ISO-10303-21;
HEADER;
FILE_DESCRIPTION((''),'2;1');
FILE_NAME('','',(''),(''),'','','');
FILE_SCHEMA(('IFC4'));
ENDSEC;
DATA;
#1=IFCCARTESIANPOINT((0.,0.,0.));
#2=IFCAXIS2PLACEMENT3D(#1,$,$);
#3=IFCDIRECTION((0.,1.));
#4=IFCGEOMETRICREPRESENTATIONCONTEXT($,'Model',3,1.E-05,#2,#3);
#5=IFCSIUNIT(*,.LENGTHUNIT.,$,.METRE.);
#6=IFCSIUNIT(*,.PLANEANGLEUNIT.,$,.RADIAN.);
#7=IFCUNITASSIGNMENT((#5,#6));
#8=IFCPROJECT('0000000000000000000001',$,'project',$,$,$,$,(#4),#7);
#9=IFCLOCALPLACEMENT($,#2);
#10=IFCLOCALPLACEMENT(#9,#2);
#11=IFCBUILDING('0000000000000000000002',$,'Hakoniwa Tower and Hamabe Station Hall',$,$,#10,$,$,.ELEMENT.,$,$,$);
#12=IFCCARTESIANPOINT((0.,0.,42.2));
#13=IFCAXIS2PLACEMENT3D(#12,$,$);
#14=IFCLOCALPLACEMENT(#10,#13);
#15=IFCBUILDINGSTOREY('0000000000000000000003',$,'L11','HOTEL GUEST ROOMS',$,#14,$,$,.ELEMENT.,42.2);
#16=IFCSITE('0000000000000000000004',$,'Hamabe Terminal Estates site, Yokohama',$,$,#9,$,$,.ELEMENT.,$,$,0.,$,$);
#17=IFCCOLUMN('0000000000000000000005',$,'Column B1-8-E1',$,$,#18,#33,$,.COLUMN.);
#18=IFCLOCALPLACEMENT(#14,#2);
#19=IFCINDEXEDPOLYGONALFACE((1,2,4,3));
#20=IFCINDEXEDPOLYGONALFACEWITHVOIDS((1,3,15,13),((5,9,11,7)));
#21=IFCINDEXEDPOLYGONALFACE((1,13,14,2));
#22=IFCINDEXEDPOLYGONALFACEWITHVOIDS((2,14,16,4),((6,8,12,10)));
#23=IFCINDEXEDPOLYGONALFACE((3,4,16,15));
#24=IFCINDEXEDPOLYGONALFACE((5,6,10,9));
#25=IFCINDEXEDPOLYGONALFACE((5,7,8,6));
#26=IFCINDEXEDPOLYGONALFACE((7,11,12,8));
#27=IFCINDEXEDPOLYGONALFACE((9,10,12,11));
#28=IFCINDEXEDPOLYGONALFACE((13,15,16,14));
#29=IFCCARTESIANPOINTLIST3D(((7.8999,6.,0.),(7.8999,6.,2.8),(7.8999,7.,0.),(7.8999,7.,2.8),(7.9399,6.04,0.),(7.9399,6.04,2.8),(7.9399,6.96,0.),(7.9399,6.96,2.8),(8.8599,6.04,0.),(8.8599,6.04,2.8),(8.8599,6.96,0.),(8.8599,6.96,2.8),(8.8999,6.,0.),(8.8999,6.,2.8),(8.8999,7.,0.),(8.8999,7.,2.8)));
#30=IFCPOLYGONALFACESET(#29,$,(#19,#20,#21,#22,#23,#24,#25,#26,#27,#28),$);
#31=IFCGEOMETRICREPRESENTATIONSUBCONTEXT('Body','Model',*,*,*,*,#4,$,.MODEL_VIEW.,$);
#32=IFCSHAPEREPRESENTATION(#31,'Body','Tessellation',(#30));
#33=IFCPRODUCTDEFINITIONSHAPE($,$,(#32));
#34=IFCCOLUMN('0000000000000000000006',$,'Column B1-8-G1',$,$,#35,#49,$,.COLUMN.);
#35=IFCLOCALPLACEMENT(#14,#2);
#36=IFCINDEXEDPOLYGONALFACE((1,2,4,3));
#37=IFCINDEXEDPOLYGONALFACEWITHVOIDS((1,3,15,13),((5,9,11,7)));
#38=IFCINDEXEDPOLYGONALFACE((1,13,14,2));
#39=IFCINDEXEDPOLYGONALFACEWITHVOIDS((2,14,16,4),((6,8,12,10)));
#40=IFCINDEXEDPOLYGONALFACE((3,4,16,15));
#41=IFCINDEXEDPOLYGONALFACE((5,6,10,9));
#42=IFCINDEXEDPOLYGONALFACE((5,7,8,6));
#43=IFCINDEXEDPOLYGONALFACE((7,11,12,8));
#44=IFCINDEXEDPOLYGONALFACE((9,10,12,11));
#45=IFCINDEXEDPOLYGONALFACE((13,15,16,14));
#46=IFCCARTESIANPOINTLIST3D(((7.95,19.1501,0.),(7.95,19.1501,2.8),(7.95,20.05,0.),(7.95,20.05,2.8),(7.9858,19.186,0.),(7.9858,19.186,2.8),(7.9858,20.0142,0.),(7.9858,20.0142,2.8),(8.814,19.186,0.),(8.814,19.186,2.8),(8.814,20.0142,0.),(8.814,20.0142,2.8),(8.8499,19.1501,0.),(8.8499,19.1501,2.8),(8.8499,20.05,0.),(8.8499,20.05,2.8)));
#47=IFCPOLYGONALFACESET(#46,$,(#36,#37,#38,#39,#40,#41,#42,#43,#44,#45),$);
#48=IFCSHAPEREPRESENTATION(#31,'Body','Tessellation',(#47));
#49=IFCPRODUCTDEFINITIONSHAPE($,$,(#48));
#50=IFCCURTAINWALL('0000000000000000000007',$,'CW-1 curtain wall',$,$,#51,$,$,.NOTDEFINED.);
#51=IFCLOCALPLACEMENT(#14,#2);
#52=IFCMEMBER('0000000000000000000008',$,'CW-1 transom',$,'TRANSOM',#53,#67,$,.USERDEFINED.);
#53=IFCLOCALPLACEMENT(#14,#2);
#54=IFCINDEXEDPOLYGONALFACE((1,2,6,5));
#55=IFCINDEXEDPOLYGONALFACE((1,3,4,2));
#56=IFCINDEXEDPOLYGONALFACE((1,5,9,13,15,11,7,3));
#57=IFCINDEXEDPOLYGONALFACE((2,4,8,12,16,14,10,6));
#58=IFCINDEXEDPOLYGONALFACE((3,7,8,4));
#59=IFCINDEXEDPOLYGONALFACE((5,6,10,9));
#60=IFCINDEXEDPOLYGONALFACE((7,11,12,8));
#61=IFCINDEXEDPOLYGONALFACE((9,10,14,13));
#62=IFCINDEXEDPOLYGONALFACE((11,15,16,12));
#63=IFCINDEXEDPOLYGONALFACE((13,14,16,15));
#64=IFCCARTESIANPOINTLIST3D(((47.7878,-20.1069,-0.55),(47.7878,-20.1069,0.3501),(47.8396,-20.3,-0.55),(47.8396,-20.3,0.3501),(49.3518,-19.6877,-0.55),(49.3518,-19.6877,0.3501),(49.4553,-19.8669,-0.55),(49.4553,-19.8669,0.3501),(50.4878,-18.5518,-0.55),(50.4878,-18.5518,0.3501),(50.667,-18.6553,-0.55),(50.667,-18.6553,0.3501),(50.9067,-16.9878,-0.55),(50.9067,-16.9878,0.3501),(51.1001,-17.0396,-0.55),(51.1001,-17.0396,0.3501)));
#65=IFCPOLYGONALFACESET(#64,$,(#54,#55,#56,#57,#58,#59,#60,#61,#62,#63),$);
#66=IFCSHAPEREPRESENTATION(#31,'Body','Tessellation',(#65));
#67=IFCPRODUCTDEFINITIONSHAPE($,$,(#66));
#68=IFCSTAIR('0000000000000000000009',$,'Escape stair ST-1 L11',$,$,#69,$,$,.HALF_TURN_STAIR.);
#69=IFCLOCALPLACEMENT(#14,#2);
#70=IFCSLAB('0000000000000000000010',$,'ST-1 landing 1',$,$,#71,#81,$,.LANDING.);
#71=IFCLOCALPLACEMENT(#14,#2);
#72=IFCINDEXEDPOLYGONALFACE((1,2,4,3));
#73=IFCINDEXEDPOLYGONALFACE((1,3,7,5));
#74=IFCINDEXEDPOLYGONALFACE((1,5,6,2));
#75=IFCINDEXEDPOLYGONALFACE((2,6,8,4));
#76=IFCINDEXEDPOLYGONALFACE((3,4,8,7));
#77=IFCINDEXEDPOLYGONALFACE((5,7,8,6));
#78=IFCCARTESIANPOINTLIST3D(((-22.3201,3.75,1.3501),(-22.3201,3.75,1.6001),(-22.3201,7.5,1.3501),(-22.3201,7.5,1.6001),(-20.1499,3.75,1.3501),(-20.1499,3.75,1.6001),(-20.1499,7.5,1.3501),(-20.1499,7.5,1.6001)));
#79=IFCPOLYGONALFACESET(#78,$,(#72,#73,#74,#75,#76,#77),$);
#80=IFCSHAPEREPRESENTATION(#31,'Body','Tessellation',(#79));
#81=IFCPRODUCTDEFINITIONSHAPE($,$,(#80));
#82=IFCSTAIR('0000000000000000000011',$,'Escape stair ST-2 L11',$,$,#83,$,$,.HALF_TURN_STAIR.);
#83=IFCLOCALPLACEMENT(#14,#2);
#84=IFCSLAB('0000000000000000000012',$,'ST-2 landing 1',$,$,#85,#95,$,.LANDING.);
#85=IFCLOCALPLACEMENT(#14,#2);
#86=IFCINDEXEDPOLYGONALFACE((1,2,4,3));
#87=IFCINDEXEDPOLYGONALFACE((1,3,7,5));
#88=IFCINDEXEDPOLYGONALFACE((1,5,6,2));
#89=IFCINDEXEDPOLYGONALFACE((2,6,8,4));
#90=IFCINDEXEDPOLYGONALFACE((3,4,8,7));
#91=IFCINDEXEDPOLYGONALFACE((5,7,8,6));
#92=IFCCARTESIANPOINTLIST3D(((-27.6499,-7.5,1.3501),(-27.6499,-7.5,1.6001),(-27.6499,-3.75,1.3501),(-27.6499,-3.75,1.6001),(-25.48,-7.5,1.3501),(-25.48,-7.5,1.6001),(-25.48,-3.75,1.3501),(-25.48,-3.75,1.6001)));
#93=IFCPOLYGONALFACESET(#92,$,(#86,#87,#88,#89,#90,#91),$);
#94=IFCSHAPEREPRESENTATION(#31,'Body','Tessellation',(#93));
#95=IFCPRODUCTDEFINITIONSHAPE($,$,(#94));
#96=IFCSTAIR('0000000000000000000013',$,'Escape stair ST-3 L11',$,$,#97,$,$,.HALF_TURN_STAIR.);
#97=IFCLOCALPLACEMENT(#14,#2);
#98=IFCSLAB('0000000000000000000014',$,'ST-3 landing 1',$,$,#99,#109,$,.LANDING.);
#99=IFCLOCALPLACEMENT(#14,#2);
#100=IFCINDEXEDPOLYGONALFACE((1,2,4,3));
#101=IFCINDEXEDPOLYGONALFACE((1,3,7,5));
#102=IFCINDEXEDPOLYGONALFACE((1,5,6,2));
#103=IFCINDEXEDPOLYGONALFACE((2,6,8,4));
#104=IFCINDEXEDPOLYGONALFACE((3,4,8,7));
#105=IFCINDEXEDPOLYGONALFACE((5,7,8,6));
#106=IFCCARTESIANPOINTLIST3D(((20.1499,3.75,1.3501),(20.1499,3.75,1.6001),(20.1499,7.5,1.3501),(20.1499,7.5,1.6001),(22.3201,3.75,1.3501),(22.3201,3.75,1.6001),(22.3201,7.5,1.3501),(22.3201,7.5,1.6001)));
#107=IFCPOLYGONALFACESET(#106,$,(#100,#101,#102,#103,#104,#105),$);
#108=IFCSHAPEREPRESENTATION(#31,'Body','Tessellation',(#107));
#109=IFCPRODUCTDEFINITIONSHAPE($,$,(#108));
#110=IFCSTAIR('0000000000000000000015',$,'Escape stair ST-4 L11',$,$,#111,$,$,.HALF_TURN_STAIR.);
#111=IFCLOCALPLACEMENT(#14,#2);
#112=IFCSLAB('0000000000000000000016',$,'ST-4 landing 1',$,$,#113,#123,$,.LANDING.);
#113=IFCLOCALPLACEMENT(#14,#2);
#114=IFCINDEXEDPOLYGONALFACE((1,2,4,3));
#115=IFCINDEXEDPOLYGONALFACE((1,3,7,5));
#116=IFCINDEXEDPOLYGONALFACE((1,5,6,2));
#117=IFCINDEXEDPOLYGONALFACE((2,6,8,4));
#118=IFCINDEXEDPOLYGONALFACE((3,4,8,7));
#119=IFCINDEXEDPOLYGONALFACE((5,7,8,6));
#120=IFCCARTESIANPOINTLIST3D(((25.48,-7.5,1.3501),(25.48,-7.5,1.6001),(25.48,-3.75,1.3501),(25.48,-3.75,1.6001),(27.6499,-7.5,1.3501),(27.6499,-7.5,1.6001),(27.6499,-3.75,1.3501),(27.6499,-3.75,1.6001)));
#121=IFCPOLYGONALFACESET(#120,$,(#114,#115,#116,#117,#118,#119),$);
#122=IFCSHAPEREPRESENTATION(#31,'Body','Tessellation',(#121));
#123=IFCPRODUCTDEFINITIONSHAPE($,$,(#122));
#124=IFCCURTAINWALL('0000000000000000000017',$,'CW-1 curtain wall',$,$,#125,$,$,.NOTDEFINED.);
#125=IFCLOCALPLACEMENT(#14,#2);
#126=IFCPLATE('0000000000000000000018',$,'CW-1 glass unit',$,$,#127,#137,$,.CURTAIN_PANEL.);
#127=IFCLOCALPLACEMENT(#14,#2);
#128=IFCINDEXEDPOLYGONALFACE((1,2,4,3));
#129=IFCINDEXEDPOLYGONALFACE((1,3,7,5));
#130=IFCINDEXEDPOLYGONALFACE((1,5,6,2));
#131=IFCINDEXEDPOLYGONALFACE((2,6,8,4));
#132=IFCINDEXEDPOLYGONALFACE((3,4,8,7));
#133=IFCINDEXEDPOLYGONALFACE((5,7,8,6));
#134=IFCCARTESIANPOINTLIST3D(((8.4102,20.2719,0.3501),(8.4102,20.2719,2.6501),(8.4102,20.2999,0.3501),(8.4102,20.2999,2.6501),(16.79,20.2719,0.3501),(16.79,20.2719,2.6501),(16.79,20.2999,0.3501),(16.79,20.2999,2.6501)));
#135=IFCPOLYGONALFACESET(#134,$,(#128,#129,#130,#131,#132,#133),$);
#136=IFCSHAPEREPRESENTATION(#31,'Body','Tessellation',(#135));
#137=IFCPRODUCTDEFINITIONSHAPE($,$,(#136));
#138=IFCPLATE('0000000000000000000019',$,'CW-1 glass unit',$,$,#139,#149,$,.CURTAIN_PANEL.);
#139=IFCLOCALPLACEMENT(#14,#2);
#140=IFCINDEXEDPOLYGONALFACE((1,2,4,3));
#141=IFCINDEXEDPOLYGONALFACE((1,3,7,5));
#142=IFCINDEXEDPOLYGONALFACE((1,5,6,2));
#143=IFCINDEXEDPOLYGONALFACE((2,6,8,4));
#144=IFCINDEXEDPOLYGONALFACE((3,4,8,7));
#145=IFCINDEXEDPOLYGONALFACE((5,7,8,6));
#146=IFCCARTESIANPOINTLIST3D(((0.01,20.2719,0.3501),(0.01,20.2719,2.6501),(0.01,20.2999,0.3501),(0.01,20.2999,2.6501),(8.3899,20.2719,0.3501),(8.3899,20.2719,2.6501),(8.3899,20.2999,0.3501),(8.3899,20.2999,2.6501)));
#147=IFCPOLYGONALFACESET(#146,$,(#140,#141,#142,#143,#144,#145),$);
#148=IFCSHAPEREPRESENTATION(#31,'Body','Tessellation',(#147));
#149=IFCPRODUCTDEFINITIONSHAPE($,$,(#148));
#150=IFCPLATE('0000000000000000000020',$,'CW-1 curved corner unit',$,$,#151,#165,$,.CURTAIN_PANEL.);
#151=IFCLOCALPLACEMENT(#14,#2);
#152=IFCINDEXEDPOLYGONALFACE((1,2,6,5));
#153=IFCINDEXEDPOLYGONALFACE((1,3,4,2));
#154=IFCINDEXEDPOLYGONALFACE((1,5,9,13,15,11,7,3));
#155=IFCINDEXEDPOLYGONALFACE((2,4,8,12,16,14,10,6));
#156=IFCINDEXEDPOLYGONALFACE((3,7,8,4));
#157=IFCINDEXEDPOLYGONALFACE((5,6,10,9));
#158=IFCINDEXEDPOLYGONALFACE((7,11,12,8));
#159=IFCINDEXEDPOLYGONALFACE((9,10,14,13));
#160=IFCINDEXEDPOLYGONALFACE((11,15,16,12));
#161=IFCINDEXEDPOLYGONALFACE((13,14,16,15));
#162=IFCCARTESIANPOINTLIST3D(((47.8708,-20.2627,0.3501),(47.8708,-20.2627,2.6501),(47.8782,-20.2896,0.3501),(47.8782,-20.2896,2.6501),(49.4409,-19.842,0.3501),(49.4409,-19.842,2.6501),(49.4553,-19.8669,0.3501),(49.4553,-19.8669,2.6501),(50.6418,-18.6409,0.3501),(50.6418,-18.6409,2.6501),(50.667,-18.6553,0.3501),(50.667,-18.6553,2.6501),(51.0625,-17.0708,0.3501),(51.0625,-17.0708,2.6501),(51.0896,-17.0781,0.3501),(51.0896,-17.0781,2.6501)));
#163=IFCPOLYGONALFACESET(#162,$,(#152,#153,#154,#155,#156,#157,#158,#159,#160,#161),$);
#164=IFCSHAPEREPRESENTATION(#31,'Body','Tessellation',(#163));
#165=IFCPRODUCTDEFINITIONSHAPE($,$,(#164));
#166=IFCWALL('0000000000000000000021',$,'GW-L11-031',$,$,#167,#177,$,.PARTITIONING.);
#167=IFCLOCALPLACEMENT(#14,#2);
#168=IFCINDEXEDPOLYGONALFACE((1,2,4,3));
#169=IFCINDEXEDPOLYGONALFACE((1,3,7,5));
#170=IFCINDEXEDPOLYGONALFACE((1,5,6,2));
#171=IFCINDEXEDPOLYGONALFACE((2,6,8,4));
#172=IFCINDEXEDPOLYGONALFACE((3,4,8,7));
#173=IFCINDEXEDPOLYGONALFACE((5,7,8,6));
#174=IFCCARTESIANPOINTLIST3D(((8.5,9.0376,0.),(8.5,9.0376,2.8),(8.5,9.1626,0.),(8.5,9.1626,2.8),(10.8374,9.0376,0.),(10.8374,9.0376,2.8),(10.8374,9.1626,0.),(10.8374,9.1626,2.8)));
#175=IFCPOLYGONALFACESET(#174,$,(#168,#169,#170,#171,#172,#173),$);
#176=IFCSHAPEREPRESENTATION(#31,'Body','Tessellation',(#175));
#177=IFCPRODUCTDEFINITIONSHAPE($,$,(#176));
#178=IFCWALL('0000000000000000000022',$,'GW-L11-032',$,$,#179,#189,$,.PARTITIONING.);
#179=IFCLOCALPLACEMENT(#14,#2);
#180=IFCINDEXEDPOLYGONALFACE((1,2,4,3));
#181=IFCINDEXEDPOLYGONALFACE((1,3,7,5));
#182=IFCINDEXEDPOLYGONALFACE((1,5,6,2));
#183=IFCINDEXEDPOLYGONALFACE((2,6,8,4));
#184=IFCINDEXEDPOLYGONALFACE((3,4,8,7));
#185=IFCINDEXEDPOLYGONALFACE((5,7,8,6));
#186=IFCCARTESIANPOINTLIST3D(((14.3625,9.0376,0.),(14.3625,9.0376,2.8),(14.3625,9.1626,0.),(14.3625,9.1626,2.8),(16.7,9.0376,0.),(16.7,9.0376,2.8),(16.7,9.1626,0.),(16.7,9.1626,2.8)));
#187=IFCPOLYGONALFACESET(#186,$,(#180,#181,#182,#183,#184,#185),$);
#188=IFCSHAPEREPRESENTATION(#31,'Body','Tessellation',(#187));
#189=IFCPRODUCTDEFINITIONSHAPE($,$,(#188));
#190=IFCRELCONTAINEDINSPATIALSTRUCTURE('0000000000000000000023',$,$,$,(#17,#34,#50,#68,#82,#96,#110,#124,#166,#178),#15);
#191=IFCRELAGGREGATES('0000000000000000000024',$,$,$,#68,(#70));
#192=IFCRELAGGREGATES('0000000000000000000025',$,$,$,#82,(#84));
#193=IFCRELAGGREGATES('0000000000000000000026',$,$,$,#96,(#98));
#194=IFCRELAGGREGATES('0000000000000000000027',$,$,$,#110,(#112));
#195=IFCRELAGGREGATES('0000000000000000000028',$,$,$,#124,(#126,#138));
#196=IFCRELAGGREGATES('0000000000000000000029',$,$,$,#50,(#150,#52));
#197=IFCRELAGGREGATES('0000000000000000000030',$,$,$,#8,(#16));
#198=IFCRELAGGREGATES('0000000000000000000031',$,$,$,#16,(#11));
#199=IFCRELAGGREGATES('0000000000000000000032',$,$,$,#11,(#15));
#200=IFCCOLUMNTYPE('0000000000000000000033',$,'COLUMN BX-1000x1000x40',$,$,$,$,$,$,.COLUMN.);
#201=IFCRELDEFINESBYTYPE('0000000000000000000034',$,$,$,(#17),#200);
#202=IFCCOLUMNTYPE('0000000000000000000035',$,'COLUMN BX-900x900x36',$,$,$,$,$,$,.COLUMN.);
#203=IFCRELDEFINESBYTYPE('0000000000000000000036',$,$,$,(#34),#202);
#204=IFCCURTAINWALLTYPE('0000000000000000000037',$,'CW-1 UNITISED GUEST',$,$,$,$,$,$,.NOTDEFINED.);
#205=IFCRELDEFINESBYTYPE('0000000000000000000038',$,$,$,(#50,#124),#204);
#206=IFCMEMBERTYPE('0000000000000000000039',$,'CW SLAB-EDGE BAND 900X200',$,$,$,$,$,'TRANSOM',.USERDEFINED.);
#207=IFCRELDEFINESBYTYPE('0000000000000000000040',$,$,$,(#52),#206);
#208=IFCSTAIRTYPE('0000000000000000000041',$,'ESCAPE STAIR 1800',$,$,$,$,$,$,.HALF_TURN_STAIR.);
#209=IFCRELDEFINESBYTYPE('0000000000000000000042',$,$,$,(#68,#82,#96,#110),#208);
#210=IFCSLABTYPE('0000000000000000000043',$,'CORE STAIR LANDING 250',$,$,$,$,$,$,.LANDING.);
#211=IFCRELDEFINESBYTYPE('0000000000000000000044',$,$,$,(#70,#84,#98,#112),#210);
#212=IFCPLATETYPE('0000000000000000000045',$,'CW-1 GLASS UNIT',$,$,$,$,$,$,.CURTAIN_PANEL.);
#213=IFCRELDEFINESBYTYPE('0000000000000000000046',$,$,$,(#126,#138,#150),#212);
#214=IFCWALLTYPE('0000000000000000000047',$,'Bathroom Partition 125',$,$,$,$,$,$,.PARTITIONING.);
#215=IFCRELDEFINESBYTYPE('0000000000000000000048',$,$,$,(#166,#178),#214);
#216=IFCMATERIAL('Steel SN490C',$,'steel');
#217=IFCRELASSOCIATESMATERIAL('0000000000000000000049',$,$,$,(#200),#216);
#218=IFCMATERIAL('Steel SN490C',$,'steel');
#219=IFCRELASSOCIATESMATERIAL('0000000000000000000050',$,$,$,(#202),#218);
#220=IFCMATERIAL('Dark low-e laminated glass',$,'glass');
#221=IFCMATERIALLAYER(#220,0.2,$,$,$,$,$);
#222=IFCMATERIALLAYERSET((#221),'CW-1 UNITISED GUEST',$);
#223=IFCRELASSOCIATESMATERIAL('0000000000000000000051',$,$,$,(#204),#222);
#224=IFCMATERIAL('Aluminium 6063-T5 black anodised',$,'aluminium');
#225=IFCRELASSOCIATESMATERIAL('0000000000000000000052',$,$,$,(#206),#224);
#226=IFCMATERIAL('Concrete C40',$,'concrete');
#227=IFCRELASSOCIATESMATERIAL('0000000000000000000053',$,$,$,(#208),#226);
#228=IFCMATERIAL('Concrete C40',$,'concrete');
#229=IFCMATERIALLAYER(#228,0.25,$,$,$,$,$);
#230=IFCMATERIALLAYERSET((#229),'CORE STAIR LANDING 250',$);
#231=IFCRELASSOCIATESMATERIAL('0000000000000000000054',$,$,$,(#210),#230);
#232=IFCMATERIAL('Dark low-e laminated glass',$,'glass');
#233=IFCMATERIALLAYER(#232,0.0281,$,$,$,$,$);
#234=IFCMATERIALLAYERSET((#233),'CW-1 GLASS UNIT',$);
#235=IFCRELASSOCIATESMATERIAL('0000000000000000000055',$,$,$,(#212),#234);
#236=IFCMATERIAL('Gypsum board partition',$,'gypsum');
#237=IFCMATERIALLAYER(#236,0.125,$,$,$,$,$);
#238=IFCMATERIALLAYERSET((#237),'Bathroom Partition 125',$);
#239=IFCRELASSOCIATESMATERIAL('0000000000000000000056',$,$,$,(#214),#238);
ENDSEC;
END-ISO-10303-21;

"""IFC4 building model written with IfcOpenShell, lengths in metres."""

from ifc_helpers import new_model, si_unit, direction, frame, frame_2d, origin, origin_2d, place, context, subcontext, project, spatial, polyline, rectangle, hollow_rectangle, outline, extrude, material, layer, layer_set, material_profile, profile_set, type_object, element, aggregate, save


model = new_model("IFC4")

# Units and contexts
model_context = context("Model", 3, precision=1e-05, world=origin(), true_north=direction((0.0, 1.0)))
body_context = subcontext(model_context, "Body", "Model", "MODEL_VIEW")
ifc_project = project(units=[si_unit("LENGTHUNIT", "METRE"), si_unit("PLANEANGLEUNIT", "RADIAN")], contexts=[model_context])

# Site, building, storey
site_placement = place(None, origin())
site = spatial("IfcSite", under=ifc_project, at=site_placement, Name="Hamabe Terminal Estates site, Yokohama", CompositionType="ELEMENT", RefElevation=0.0)
building_placement = place(site_placement, origin())
building = spatial("IfcBuilding", under=site, at=building_placement, Name="Hakoniwa Tower and Hamabe Station Hall", CompositionType="ELEMENT")
storey_placement = place(building_placement, frame((0.0, 0.0, 42.2)))
storey = spatial("IfcBuildingStorey", under=building, at=storey_placement, Name="L11", Description="HOTEL GUEST ROOMS", CompositionType="ELEMENT", Elevation=42.2)

# Columns
ifc_material_1 = material(Name="Steel SN490C", Category="steel")
ifc_material_profile_1 = material_profile(ifc_material_1, hollow_rectangle(XDim=1.0, YDim=1.0, WallThickness=0.04, at=origin_2d()), Name="BX-1000x1000x40")
ifc_profile_set_1 = profile_set([ifc_material_profile_1], Name="Steel SN490C")
column_type_1 = type_object("IfcColumnType", Name="COLUMN BX-1000x1000x40", PredefinedType="COLUMN", material=ifc_profile_set_1)
column_1_placement = place(storey_placement, frame((8.3999, 6.5, 0.0), z_axis=(0.0, 0.0, 1.0), x_axis=(1.0, 0.0, 0.0)))
element("IfcColumn", 1, at=column_1_placement, inside=storey, type_object=column_type_1, Name="Column B1-8-E1", PredefinedType="COLUMN", context=body_context, shape_type="SweptSolid", body=[
    extrude(hollow_rectangle(XDim=1.0, YDim=1.0, WallThickness=0.04, at=origin_2d()), origin(), (0.0, 0.0, 1.0), 2.8),
])
ifc_material_2 = material(Name="Steel SN490C", Category="steel")
ifc_material_profile_2 = material_profile(ifc_material_2, hollow_rectangle(XDim=0.8999, YDim=0.8999, WallThickness=0.0359, at=origin_2d()), Name="BX-900x900x36")
ifc_profile_set_2 = profile_set([ifc_material_profile_2], Name="Steel SN490C")
column_type_2 = type_object("IfcColumnType", Name="COLUMN BX-900x900x36", PredefinedType="COLUMN", material=ifc_profile_set_2)
column_2_placement = place(storey_placement, frame((8.3999, 19.6001, 0.0), z_axis=(0.0, 0.0, 1.0), x_axis=(1.0, 0.0, 0.0)))
element("IfcColumn", 2, at=column_2_placement, inside=storey, type_object=column_type_2, Name="Column B1-8-G1", PredefinedType="COLUMN", context=body_context, shape_type="SweptSolid", body=[
    extrude(hollow_rectangle(XDim=0.8999, YDim=0.8999, WallThickness=0.0359, at=origin_2d()), origin(), (0.0, 0.0, 1.0), 2.8),
])

# Curtain wall, member
ifc_material_3 = material(Name="Dark low-e laminated glass", Category="glass")
ifc_layer_1 = layer(ifc_material_3, 0.2)
ifc_layer_set_1 = layer_set([ifc_layer_1], Name="CW-1 UNITISED GUEST")
curtain_wall_type = type_object("IfcCurtainWallType", Name="CW-1 UNITISED GUEST", PredefinedType="NOTDEFINED", material=ifc_layer_set_1)
curtain_wall_1_placement = place(storey_placement, origin())
curtain_wall_1 = element("IfcCurtainWall", 3, at=curtain_wall_1_placement, inside=storey, type_object=curtain_wall_type, Name="CW-1 curtain wall", PredefinedType="NOTDEFINED")
ifc_material_4 = material(Name="Aluminium 6063-T5 black anodised", Category="aluminium")
ifc_material_profile_3 = material_profile(ifc_material_4, rectangle(XDim=0.2, YDim=0.8999, at=origin_2d()), Name="CW SLAB-EDGE BAND 900X200")
ifc_profile_set_3 = profile_set([ifc_material_profile_3], Name="Aluminium 6063-T5 black anodised")
member_type = type_object("IfcMemberType", Name="CW SLAB-EDGE BAND 900X200", ElementType="TRANSOM", PredefinedType="USERDEFINED", material=ifc_profile_set_3)
member_placement = place(storey_placement, frame((0.0, 0.0, -0.55)))
member = element("IfcMember", 4, at=member_placement, type_object=member_type, Name="CW-1 transom", ObjectType="TRANSOM", PredefinedType="USERDEFINED", context=body_context, shape_type="SweptSolid", body=[
    extrude(outline(polyline([(47.8396, -20.3), (49.4553, -19.8669), (50.667, -18.6553), (51.1001, -17.0396), (50.9067, -16.9878), (50.4878, -18.5518), (49.3518, -19.6877), (47.7878, -20.1069), (47.8396, -20.3)])), origin(), (0.0, 0.0, 1.0), 0.9001),
])

# Stairs, slabs
ifc_material_5 = material(Name="Concrete C40", Category="concrete")
stair_type = type_object("IfcStairType", Name="ESCAPE STAIR 1800", PredefinedType="HALF_TURN_STAIR", material=ifc_material_5)
stair_1_placement = place(storey_placement, origin())
stair_1 = element("IfcStair", 5, at=stair_1_placement, inside=storey, type_object=stair_type, Name="Escape stair ST-1 L11", PredefinedType="HALF_TURN_STAIR")
ifc_material_6 = material(Name="Concrete C40", Category="concrete")
ifc_layer_2 = layer(ifc_material_6, 0.25)
ifc_layer_set_2 = layer_set([ifc_layer_2], Name="CORE STAIR LANDING 250")
slab_type = type_object("IfcSlabType", Name="CORE STAIR LANDING 250", PredefinedType="LANDING", material=ifc_layer_set_2)
slab_1_placement = place(storey_placement, frame((0.0, 0.0, 1.3501)))
slab_1 = element("IfcSlab", 6, at=slab_1_placement, type_object=slab_type, Name="ST-1 landing 1", PredefinedType="LANDING", context=body_context, shape_type="SweptSolid", body=[
    extrude(outline(polyline([(-22.3201, 3.75), (-20.1499, 3.75), (-20.1499, 7.5), (-22.3201, 7.5), (-22.3201, 3.75)])), origin(), (0.0, 0.0, 1.0), 0.25),
])
aggregate(stair_1, [slab_1])
stair_2_placement = place(storey_placement, origin())
stair_2 = element("IfcStair", 7, at=stair_2_placement, inside=storey, type_object=stair_type, Name="Escape stair ST-2 L11", PredefinedType="HALF_TURN_STAIR")
slab_2_placement = place(storey_placement, frame((0.0, 0.0, 1.3501)))
slab_2 = element("IfcSlab", 8, at=slab_2_placement, type_object=slab_type, Name="ST-2 landing 1", PredefinedType="LANDING", context=body_context, shape_type="SweptSolid", body=[
    extrude(outline(polyline([(-25.48, -7.5), (-27.6499, -7.5), (-27.6499, -3.75), (-25.48, -3.75), (-25.48, -7.5)])), origin(), (0.0, 0.0, 1.0), 0.25),
])
aggregate(stair_2, [slab_2])
stair_3_placement = place(storey_placement, origin())
stair_3 = element("IfcStair", 9, at=stair_3_placement, inside=storey, type_object=stair_type, Name="Escape stair ST-3 L11", PredefinedType="HALF_TURN_STAIR")
slab_3_placement = place(storey_placement, frame((0.0, 0.0, 1.3501)))
slab_3 = element("IfcSlab", 10, at=slab_3_placement, type_object=slab_type, Name="ST-3 landing 1", PredefinedType="LANDING", context=body_context, shape_type="SweptSolid", body=[
    extrude(outline(polyline([(22.3201, 3.75), (20.1499, 3.75), (20.1499, 7.5), (22.3201, 7.5), (22.3201, 3.75)])), origin(), (0.0, 0.0, 1.0), 0.25),
])
aggregate(stair_3, [slab_3])
stair_4_placement = place(storey_placement, origin())
stair_4 = element("IfcStair", 11, at=stair_4_placement, inside=storey, type_object=stair_type, Name="Escape stair ST-4 L11", PredefinedType="HALF_TURN_STAIR")
slab_4_placement = place(storey_placement, frame((0.0, 0.0, 1.3501)))
slab_4 = element("IfcSlab", 12, at=slab_4_placement, type_object=slab_type, Name="ST-4 landing 1", PredefinedType="LANDING", context=body_context, shape_type="SweptSolid", body=[
    extrude(outline(polyline([(25.48, -7.5), (27.6499, -7.5), (27.6499, -3.75), (25.48, -3.75), (25.48, -7.5)])), origin(), (0.0, 0.0, 1.0), 0.25),
])
aggregate(stair_4, [slab_4])

# Curtain wall, plates
curtain_wall_2_placement = place(storey_placement, origin())
curtain_wall_2 = element("IfcCurtainWall", 13, at=curtain_wall_2_placement, inside=storey, type_object=curtain_wall_type, Name="CW-1 curtain wall", PredefinedType="NOTDEFINED")
ifc_material_7 = material(Name="Dark low-e laminated glass", Category="glass")
ifc_layer_3 = layer(ifc_material_7, 0.0281)
ifc_layer_set_3 = layer_set([ifc_layer_3], Name="CW-1 GLASS UNIT")
plate_type = type_object("IfcPlateType", Name="CW-1 GLASS UNIT", PredefinedType="CURTAIN_PANEL", material=ifc_layer_set_3)
plate_1_placement = place(storey_placement, frame((12.6001, 20.2859, 0.3501), z_axis=(0.0, 0.0, 1.0), x_axis=(-1.0, 0.0, 0.0)))
plate_1 = element("IfcPlate", 14, at=plate_1_placement, type_object=plate_type, Name="CW-1 glass unit", PredefinedType="CURTAIN_PANEL", context=body_context, shape_type="SweptSolid", body=[
    extrude(rectangle(XDim=8.3799, YDim=0.0281, at=origin_2d()), origin(), (0.0, 0.0, 1.0), 2.3),
])
plate_2_placement = place(storey_placement, frame((4.2, 20.2859, 0.3501), z_axis=(0.0, 0.0, 1.0), x_axis=(-1.0, 0.0, 0.0)))
plate_2 = element("IfcPlate", 15, at=plate_2_placement, type_object=plate_type, Name="CW-1 glass unit", PredefinedType="CURTAIN_PANEL", context=body_context, shape_type="SweptSolid", body=[
    extrude(rectangle(XDim=8.3799, YDim=0.0281, at=origin_2d()), origin(), (0.0, 0.0, 1.0), 2.3),
])
aggregate(curtain_wall_2, [plate_1, plate_2])

# Plate
plate_3_placement = place(storey_placement, frame((0.0, 0.0, 0.3501)))
plate_3 = element("IfcPlate", 16, at=plate_3_placement, type_object=plate_type, Name="CW-1 curved corner unit", PredefinedType="CURTAIN_PANEL", context=body_context, shape_type="SweptSolid", body=[
    extrude(outline(polyline([(47.8782, -20.2896), (49.4553, -19.8669), (50.667, -18.6553), (51.0896, -17.0781), (51.0625, -17.0708), (50.6418, -18.6409), (49.4409, -19.842), (47.8708, -20.2627), (47.8782, -20.2896)])), origin(), (0.0, 0.0, 1.0), 2.3),
])
aggregate(curtain_wall_1, [plate_3, member])

# Walls
ifc_material_8 = material(Name="Gypsum board partition", Category="gypsum")
ifc_layer_4 = layer(ifc_material_8, 0.125)
ifc_layer_set_4 = layer_set([ifc_layer_4], Name="Bathroom Partition 125")
wall_type_1 = type_object("IfcWallType", Name="Bathroom Partition 125", PredefinedType="PARTITIONING", material=ifc_layer_set_4)
for number, where, z_axis, x_axis, name in (
    (17, (8.5, 9.1001, 0.0), (0.0, 0.0, 1.0), (1.0, 0.0, 0.0), "GW-L11-031"),
    (18, (14.3625, 9.1001, 0.0), (0.0, 0.0, 1.0), (1.0, 0.0, 0.0), "GW-L11-032"),
):
    element("IfcWall", number, at=place(storey_placement, frame(where, z_axis=z_axis, x_axis=x_axis)), inside=storey, type_object=wall_type_1, Name=name, PredefinedType="PARTITIONING", context=body_context, shape_type="SweptSolid", body=[
        extrude(rectangle(XDim=2.3374, YDim=0.125, at=frame_2d((1.1687, 0.0))), origin(), (0.0, 0.0, 1.0), 2.8),
    ])

save(model, "model.ifc")
